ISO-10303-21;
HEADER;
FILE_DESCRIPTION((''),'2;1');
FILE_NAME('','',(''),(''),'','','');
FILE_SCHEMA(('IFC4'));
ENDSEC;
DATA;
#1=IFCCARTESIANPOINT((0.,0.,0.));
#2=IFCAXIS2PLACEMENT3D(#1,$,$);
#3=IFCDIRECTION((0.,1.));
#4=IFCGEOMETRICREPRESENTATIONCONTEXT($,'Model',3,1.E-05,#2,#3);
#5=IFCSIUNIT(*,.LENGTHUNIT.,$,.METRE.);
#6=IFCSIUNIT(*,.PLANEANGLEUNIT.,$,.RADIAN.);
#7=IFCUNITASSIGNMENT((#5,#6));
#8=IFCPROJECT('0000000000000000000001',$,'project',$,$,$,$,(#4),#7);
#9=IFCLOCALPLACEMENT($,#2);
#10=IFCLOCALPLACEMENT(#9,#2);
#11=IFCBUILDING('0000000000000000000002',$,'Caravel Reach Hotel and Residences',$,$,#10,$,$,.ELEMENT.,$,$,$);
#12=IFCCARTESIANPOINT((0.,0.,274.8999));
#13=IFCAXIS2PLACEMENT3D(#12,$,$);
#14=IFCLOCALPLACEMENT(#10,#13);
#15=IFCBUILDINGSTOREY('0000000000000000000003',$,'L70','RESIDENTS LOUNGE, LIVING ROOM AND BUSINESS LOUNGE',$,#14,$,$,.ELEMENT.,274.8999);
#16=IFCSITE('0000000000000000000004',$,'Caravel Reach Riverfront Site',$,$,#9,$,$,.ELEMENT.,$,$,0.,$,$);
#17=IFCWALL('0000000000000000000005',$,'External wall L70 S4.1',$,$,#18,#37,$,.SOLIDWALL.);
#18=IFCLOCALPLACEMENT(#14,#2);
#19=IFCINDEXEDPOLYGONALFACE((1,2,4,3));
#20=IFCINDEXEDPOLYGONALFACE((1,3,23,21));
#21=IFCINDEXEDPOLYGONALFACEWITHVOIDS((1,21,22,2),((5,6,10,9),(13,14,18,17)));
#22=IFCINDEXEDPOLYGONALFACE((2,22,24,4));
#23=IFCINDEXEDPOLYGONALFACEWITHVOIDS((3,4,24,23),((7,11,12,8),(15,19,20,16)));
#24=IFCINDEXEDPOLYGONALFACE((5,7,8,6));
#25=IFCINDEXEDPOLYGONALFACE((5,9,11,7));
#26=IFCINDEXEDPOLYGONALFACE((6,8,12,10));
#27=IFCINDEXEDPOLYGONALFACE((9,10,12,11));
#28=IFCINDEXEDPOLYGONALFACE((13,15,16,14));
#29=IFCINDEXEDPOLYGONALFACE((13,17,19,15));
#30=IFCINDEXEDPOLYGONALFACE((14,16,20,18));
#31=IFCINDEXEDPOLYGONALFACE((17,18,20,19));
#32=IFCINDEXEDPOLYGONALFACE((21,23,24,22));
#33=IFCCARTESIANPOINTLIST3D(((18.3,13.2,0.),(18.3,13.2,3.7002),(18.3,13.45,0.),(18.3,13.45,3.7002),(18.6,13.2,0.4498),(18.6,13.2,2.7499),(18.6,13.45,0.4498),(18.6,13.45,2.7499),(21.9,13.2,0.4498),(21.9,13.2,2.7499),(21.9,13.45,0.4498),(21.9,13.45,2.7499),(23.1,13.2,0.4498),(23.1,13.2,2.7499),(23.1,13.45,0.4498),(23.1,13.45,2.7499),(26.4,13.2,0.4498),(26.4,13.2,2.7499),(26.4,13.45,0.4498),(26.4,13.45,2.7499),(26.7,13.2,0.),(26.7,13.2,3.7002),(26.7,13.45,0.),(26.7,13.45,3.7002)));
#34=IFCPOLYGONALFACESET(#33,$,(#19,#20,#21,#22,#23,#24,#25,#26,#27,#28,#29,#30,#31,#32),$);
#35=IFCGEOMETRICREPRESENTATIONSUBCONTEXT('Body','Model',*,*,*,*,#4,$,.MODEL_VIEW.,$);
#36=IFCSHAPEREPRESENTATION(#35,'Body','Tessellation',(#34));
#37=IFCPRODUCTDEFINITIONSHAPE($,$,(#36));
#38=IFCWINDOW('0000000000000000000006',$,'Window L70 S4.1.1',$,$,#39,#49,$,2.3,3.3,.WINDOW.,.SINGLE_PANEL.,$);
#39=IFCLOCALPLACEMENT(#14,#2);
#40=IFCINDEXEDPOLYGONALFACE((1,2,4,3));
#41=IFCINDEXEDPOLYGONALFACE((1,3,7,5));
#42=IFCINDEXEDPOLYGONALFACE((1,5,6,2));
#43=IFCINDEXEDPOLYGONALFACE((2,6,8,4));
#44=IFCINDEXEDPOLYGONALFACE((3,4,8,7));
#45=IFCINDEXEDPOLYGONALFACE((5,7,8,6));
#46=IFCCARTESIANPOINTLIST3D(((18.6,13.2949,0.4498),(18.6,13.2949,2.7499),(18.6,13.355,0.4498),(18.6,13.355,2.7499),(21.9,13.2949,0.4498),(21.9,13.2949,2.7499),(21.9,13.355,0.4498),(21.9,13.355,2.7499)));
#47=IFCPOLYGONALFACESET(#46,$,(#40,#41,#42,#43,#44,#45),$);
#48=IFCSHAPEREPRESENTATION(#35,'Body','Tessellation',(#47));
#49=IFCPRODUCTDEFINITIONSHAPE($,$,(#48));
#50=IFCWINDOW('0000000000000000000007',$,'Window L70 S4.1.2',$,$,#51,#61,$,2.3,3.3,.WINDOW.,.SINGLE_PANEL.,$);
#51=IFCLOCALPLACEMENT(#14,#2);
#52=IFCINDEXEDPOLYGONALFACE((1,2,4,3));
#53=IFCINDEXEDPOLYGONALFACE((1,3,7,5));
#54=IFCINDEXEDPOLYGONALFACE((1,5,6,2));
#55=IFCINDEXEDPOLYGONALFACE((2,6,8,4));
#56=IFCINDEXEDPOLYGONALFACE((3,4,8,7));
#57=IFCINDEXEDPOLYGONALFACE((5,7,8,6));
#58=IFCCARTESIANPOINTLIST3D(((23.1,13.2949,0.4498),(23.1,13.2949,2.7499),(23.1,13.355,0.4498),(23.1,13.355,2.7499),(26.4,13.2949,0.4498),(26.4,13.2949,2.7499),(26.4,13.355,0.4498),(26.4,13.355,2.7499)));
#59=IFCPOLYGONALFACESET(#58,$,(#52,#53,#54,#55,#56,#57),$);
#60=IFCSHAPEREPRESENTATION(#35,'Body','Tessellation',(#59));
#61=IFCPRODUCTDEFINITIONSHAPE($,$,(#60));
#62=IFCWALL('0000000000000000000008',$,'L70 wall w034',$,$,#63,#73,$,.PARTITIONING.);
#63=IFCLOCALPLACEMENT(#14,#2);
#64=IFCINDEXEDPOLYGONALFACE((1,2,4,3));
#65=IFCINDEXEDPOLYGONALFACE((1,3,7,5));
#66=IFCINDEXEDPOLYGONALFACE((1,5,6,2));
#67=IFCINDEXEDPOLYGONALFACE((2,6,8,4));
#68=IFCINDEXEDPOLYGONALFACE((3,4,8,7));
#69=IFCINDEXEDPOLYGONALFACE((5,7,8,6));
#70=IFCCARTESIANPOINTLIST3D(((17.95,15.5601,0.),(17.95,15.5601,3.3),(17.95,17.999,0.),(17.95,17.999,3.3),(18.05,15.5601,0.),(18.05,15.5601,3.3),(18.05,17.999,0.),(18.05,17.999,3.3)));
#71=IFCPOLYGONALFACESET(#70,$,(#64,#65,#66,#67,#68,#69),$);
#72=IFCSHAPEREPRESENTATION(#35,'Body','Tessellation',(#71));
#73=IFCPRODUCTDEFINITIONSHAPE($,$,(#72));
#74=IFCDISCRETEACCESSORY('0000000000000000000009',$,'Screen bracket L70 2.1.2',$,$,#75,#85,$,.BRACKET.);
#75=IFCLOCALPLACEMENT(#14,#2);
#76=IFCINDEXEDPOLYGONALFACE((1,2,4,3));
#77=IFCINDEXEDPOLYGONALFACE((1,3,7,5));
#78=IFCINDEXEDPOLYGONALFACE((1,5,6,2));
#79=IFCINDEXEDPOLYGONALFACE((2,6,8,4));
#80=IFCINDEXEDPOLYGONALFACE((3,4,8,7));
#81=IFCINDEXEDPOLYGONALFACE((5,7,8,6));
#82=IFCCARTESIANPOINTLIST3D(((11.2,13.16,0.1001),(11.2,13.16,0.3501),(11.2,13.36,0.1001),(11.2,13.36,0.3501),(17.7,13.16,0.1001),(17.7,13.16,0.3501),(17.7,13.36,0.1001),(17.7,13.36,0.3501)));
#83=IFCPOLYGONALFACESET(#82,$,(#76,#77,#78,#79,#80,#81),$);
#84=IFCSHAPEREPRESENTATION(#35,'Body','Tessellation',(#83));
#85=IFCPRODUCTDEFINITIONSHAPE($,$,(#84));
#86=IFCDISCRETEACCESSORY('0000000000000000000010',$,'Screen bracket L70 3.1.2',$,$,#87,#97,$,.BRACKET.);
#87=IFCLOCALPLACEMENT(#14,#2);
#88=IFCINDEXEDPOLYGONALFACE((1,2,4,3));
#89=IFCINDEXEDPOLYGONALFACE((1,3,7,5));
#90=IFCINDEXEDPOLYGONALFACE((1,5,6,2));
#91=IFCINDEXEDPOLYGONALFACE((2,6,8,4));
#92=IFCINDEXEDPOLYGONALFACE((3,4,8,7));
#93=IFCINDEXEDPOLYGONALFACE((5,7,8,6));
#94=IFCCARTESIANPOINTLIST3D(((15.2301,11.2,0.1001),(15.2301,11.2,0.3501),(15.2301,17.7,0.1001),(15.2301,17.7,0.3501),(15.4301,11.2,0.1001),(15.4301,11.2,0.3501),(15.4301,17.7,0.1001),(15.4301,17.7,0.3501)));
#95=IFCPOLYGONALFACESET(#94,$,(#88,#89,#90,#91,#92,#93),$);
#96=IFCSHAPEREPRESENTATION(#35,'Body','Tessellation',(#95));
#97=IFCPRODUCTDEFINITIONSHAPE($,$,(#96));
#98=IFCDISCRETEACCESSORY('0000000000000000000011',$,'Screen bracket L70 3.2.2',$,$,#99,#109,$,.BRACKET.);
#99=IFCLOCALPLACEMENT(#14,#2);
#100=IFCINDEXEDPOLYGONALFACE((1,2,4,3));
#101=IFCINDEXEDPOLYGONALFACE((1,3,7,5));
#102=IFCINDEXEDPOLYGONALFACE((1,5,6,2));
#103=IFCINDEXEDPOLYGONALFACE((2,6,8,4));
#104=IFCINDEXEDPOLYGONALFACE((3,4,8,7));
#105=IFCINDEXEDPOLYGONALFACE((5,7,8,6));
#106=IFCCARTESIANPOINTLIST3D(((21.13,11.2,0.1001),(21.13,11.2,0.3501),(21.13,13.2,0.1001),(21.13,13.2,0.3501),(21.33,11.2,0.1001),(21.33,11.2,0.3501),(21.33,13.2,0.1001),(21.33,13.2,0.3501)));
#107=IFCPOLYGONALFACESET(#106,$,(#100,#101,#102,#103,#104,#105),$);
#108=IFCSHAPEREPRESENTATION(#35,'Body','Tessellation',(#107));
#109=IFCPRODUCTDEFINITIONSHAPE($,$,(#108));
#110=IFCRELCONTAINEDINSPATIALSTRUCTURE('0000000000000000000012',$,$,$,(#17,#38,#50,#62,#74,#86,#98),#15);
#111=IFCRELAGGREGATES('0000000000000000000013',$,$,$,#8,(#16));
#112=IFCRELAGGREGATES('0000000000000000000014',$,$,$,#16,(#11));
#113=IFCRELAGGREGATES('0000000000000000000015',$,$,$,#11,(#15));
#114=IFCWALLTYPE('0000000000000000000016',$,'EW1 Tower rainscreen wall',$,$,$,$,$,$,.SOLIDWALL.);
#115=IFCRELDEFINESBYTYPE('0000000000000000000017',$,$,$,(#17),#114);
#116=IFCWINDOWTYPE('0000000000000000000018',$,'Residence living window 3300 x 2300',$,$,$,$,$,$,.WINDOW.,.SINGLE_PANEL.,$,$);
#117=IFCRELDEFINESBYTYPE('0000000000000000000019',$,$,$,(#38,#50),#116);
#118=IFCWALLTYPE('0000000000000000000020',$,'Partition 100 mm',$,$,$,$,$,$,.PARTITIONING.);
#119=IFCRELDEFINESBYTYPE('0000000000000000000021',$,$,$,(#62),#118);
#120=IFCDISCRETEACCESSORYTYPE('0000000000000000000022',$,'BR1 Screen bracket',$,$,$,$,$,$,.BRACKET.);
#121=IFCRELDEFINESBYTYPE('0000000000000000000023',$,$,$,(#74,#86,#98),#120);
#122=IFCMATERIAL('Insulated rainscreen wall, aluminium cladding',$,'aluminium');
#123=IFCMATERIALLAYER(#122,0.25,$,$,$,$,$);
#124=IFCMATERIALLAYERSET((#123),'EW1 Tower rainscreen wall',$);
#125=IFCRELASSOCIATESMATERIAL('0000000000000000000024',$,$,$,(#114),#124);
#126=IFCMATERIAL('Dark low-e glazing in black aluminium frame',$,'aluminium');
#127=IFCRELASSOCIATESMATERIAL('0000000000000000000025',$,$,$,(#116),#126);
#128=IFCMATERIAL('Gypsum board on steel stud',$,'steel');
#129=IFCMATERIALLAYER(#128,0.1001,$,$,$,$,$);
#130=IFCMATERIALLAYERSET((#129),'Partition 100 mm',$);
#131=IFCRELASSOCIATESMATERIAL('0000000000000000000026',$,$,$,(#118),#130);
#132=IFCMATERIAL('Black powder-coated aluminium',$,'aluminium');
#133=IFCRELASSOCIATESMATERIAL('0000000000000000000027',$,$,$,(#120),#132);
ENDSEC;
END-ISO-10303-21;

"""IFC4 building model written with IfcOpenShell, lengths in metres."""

from ifc_helpers import new_model, si_unit, direction, frame, frame_2d, origin, origin_2d, place, context, subcontext, project, spatial, rectangle, extrude, material, layer, layer_set, type_object, element, fill, save


model = new_model("IFC4")

# Units and contexts
model_context = context("Model", 3, precision=1e-05, world=origin(), true_north=direction((0.0, 1.0)))
body_context = subcontext(model_context, "Body", "Model", "MODEL_VIEW")
ifc_project = project(units=[si_unit("LENGTHUNIT", "METRE"), si_unit("PLANEANGLEUNIT", "RADIAN")], contexts=[model_context])

# Site, building, storey
site_placement = place(None, origin())
site = spatial("IfcSite", under=ifc_project, at=site_placement, Name="Caravel Reach Riverfront Site", CompositionType="ELEMENT", RefElevation=0.0)
building_placement = place(site_placement, origin())
building = spatial("IfcBuilding", under=site, at=building_placement, Name="Caravel Reach Hotel and Residences", CompositionType="ELEMENT")
storey_placement = place(building_placement, frame((0.0, 0.0, 274.8999)))
storey = spatial("IfcBuildingStorey", under=building, at=storey_placement, Name="L70", Description="RESIDENTS LOUNGE, LIVING ROOM AND BUSINESS LOUNGE", CompositionType="ELEMENT", Elevation=274.8999)

# Shared definitions
ifc_material_1 = material(Name="Insulated rainscreen wall, aluminium cladding", Category="aluminium")
ifc_layer_1 = layer(ifc_material_1, 0.25)
ifc_layer_set_1 = layer_set([ifc_layer_1], Name="EW1 Tower rainscreen wall")
wall_type_1 = type_object("IfcWallType", Name="EW1 Tower rainscreen wall", PredefinedType="SOLIDWALL", material=ifc_layer_set_1)

# Wall, openings, windows
wall_1_placement = place(storey_placement, frame((18.3, 13.325, 0.0), z_axis=(0.0, 0.0, 1.0), x_axis=(1.0, 0.0, 0.0)))
wall_1 = element("IfcWall", 1, at=wall_1_placement, inside=storey, type_object=wall_type_1, Name="External wall L70 S4.1", PredefinedType="SOLIDWALL", context=body_context, shape_type="SweptSolid", body=[
    extrude(rectangle(XDim=8.3999, YDim=0.25, at=frame_2d((4.2, 0.0))), origin(), (0.0, 0.0, 1.0), 3.7002),
])
opening_1_placement = place(wall_1_placement, frame((0.3, 0.0, 0.45)))
opening_1 = element("IfcOpeningElement", 2, at=opening_1_placement, cuts=wall_1, PredefinedType="OPENING", context=body_context, shape_type="SweptSolid", body=[
    extrude(rectangle(XDim=3.3, YDim=2.3, at=frame_2d((1.6499, 1.1499))), frame((0.0, 0.135, 0.0), z_axis=(0.0, -1.0, 0.0), x_axis=(1.0, 0.0, 0.0)), (0.0, 0.0, 1.0), 0.27),
])
opening_2_placement = place(wall_1_placement, frame((4.8, 0.0, 0.45)))
opening_2 = element("IfcOpeningElement", 3, at=opening_2_placement, cuts=wall_1, PredefinedType="OPENING", context=body_context, shape_type="SweptSolid", body=[
    extrude(rectangle(XDim=3.3, YDim=2.3, at=frame_2d((1.6499, 1.1499))), frame((0.0, 0.135, 0.0), z_axis=(0.0, -1.0, 0.0), x_axis=(1.0, 0.0, 0.0)), (0.0, 0.0, 1.0), 0.27),
])
ifc_material_2 = material(Name="Dark low-e glazing in black aluminium frame", Category="aluminium")
window_type_1 = type_object("IfcWindowType", Name="Residence living window 3300 x 2300", PartitioningType="SINGLE_PANEL", PredefinedType="WINDOW", material=ifc_material_2)
window_1_placement = place(opening_1_placement, origin())
window_1 = element("IfcWindow", 4, at=window_1_placement, inside=storey, type_object=window_type_1, Name="Window L70 S4.1.1", OverallHeight=2.3, OverallWidth=3.3, PartitioningType="SINGLE_PANEL", PredefinedType="WINDOW", context=body_context, shape_type="SweptSolid", body=[
    extrude(rectangle(XDim=3.3, YDim=2.3, at=frame_2d((1.6499, 1.1499))), frame((0.0, 0.03, 0.0), z_axis=(0.0, -1.0, 0.0), x_axis=(1.0, 0.0, 0.0)), (0.0, 0.0, 1.0), 0.0601),
])
fill(opening_1, window_1)
window_2_placement = place(opening_2_placement, origin())
window_2 = element("IfcWindow", 5, at=window_2_placement, inside=storey, type_object=window_type_1, Name="Window L70 S4.1.2", OverallHeight=2.3, OverallWidth=3.3, PartitioningType="SINGLE_PANEL", PredefinedType="WINDOW", context=body_context, shape_type="SweptSolid", body=[
    extrude(rectangle(XDim=3.3, YDim=2.3, at=frame_2d((1.6499, 1.1499))), frame((0.0, 0.03, 0.0), z_axis=(0.0, -1.0, 0.0), x_axis=(1.0, 0.0, 0.0)), (0.0, 0.0, 1.0), 0.0601),
])
fill(opening_2, window_2)

# Wall
ifc_material_3 = material(Name="Gypsum board on steel stud", Category="steel")
ifc_layer_2 = layer(ifc_material_3, 0.1001)
ifc_layer_set_2 = layer_set([ifc_layer_2], Name="Partition 100 mm")
wall_type_2 = type_object("IfcWallType", Name="Partition 100 mm", PredefinedType="PARTITIONING", material=ifc_layer_set_2)
wall_2_placement = place(storey_placement, frame((18.0, 15.5601, 0.0), z_axis=(0.0, 0.0, 1.0), x_axis=(0.0, 1.0, 0.0)))
element("IfcWall", 6, at=wall_2_placement, inside=storey, type_object=wall_type_2, Name="L70 wall w034", PredefinedType="PARTITIONING", context=body_context, shape_type="SweptSolid", body=[
    extrude(rectangle(XDim=2.439, YDim=0.1001, at=frame_2d((1.2195, 0.0))), origin(), (0.0, 0.0, 1.0), 3.3),
])

# Discrete accessories
ifc_material_4 = material(Name="Black powder-coated aluminium", Category="aluminium")
discrete_accessory_type = type_object("IfcDiscreteAccessoryType", Name="BR1 Screen bracket", PredefinedType="BRACKET", material=ifc_material_4)
for number, where, z_axis, x_axis, name in (
    (7, (14.45, 13.26, 0.1001), (0.0, 0.0, 1.0), (-1.0, 0.0, 0.0), "Screen bracket L70 2.1.2"),
    (8, (15.3301, 14.45, 0.1001), (0.0, 0.0, 1.0), (0.0, -1.0, 0.0), "Screen bracket L70 3.1.2"),
):
    element("IfcDiscreteAccessory", number, at=place(storey_placement, frame(where, z_axis=z_axis, x_axis=x_axis)), inside=storey, type_object=discrete_accessory_type, Name=name, PredefinedType="BRACKET", context=body_context, shape_type="SweptSolid", body=[
        extrude(rectangle(XDim=6.5, YDim=0.2, at=origin_2d()), origin(), (0.0, 0.0, 1.0), 0.25),
    ])
discrete_accessory_placement = place(storey_placement, frame((21.23, 12.2, 0.1001), z_axis=(0.0, 0.0, 1.0), x_axis=(0.0, -1.0, 0.0)))
element("IfcDiscreteAccessory", 9, at=discrete_accessory_placement, inside=storey, type_object=discrete_accessory_type, Name="Screen bracket L70 3.2.2", PredefinedType="BRACKET", context=body_context, shape_type="SweptSolid", body=[
    extrude(rectangle(XDim=2.0, YDim=0.2, at=origin_2d()), origin(), (0.0, 0.0, 1.0), 0.25),
])

save(model, "model.ifc")
